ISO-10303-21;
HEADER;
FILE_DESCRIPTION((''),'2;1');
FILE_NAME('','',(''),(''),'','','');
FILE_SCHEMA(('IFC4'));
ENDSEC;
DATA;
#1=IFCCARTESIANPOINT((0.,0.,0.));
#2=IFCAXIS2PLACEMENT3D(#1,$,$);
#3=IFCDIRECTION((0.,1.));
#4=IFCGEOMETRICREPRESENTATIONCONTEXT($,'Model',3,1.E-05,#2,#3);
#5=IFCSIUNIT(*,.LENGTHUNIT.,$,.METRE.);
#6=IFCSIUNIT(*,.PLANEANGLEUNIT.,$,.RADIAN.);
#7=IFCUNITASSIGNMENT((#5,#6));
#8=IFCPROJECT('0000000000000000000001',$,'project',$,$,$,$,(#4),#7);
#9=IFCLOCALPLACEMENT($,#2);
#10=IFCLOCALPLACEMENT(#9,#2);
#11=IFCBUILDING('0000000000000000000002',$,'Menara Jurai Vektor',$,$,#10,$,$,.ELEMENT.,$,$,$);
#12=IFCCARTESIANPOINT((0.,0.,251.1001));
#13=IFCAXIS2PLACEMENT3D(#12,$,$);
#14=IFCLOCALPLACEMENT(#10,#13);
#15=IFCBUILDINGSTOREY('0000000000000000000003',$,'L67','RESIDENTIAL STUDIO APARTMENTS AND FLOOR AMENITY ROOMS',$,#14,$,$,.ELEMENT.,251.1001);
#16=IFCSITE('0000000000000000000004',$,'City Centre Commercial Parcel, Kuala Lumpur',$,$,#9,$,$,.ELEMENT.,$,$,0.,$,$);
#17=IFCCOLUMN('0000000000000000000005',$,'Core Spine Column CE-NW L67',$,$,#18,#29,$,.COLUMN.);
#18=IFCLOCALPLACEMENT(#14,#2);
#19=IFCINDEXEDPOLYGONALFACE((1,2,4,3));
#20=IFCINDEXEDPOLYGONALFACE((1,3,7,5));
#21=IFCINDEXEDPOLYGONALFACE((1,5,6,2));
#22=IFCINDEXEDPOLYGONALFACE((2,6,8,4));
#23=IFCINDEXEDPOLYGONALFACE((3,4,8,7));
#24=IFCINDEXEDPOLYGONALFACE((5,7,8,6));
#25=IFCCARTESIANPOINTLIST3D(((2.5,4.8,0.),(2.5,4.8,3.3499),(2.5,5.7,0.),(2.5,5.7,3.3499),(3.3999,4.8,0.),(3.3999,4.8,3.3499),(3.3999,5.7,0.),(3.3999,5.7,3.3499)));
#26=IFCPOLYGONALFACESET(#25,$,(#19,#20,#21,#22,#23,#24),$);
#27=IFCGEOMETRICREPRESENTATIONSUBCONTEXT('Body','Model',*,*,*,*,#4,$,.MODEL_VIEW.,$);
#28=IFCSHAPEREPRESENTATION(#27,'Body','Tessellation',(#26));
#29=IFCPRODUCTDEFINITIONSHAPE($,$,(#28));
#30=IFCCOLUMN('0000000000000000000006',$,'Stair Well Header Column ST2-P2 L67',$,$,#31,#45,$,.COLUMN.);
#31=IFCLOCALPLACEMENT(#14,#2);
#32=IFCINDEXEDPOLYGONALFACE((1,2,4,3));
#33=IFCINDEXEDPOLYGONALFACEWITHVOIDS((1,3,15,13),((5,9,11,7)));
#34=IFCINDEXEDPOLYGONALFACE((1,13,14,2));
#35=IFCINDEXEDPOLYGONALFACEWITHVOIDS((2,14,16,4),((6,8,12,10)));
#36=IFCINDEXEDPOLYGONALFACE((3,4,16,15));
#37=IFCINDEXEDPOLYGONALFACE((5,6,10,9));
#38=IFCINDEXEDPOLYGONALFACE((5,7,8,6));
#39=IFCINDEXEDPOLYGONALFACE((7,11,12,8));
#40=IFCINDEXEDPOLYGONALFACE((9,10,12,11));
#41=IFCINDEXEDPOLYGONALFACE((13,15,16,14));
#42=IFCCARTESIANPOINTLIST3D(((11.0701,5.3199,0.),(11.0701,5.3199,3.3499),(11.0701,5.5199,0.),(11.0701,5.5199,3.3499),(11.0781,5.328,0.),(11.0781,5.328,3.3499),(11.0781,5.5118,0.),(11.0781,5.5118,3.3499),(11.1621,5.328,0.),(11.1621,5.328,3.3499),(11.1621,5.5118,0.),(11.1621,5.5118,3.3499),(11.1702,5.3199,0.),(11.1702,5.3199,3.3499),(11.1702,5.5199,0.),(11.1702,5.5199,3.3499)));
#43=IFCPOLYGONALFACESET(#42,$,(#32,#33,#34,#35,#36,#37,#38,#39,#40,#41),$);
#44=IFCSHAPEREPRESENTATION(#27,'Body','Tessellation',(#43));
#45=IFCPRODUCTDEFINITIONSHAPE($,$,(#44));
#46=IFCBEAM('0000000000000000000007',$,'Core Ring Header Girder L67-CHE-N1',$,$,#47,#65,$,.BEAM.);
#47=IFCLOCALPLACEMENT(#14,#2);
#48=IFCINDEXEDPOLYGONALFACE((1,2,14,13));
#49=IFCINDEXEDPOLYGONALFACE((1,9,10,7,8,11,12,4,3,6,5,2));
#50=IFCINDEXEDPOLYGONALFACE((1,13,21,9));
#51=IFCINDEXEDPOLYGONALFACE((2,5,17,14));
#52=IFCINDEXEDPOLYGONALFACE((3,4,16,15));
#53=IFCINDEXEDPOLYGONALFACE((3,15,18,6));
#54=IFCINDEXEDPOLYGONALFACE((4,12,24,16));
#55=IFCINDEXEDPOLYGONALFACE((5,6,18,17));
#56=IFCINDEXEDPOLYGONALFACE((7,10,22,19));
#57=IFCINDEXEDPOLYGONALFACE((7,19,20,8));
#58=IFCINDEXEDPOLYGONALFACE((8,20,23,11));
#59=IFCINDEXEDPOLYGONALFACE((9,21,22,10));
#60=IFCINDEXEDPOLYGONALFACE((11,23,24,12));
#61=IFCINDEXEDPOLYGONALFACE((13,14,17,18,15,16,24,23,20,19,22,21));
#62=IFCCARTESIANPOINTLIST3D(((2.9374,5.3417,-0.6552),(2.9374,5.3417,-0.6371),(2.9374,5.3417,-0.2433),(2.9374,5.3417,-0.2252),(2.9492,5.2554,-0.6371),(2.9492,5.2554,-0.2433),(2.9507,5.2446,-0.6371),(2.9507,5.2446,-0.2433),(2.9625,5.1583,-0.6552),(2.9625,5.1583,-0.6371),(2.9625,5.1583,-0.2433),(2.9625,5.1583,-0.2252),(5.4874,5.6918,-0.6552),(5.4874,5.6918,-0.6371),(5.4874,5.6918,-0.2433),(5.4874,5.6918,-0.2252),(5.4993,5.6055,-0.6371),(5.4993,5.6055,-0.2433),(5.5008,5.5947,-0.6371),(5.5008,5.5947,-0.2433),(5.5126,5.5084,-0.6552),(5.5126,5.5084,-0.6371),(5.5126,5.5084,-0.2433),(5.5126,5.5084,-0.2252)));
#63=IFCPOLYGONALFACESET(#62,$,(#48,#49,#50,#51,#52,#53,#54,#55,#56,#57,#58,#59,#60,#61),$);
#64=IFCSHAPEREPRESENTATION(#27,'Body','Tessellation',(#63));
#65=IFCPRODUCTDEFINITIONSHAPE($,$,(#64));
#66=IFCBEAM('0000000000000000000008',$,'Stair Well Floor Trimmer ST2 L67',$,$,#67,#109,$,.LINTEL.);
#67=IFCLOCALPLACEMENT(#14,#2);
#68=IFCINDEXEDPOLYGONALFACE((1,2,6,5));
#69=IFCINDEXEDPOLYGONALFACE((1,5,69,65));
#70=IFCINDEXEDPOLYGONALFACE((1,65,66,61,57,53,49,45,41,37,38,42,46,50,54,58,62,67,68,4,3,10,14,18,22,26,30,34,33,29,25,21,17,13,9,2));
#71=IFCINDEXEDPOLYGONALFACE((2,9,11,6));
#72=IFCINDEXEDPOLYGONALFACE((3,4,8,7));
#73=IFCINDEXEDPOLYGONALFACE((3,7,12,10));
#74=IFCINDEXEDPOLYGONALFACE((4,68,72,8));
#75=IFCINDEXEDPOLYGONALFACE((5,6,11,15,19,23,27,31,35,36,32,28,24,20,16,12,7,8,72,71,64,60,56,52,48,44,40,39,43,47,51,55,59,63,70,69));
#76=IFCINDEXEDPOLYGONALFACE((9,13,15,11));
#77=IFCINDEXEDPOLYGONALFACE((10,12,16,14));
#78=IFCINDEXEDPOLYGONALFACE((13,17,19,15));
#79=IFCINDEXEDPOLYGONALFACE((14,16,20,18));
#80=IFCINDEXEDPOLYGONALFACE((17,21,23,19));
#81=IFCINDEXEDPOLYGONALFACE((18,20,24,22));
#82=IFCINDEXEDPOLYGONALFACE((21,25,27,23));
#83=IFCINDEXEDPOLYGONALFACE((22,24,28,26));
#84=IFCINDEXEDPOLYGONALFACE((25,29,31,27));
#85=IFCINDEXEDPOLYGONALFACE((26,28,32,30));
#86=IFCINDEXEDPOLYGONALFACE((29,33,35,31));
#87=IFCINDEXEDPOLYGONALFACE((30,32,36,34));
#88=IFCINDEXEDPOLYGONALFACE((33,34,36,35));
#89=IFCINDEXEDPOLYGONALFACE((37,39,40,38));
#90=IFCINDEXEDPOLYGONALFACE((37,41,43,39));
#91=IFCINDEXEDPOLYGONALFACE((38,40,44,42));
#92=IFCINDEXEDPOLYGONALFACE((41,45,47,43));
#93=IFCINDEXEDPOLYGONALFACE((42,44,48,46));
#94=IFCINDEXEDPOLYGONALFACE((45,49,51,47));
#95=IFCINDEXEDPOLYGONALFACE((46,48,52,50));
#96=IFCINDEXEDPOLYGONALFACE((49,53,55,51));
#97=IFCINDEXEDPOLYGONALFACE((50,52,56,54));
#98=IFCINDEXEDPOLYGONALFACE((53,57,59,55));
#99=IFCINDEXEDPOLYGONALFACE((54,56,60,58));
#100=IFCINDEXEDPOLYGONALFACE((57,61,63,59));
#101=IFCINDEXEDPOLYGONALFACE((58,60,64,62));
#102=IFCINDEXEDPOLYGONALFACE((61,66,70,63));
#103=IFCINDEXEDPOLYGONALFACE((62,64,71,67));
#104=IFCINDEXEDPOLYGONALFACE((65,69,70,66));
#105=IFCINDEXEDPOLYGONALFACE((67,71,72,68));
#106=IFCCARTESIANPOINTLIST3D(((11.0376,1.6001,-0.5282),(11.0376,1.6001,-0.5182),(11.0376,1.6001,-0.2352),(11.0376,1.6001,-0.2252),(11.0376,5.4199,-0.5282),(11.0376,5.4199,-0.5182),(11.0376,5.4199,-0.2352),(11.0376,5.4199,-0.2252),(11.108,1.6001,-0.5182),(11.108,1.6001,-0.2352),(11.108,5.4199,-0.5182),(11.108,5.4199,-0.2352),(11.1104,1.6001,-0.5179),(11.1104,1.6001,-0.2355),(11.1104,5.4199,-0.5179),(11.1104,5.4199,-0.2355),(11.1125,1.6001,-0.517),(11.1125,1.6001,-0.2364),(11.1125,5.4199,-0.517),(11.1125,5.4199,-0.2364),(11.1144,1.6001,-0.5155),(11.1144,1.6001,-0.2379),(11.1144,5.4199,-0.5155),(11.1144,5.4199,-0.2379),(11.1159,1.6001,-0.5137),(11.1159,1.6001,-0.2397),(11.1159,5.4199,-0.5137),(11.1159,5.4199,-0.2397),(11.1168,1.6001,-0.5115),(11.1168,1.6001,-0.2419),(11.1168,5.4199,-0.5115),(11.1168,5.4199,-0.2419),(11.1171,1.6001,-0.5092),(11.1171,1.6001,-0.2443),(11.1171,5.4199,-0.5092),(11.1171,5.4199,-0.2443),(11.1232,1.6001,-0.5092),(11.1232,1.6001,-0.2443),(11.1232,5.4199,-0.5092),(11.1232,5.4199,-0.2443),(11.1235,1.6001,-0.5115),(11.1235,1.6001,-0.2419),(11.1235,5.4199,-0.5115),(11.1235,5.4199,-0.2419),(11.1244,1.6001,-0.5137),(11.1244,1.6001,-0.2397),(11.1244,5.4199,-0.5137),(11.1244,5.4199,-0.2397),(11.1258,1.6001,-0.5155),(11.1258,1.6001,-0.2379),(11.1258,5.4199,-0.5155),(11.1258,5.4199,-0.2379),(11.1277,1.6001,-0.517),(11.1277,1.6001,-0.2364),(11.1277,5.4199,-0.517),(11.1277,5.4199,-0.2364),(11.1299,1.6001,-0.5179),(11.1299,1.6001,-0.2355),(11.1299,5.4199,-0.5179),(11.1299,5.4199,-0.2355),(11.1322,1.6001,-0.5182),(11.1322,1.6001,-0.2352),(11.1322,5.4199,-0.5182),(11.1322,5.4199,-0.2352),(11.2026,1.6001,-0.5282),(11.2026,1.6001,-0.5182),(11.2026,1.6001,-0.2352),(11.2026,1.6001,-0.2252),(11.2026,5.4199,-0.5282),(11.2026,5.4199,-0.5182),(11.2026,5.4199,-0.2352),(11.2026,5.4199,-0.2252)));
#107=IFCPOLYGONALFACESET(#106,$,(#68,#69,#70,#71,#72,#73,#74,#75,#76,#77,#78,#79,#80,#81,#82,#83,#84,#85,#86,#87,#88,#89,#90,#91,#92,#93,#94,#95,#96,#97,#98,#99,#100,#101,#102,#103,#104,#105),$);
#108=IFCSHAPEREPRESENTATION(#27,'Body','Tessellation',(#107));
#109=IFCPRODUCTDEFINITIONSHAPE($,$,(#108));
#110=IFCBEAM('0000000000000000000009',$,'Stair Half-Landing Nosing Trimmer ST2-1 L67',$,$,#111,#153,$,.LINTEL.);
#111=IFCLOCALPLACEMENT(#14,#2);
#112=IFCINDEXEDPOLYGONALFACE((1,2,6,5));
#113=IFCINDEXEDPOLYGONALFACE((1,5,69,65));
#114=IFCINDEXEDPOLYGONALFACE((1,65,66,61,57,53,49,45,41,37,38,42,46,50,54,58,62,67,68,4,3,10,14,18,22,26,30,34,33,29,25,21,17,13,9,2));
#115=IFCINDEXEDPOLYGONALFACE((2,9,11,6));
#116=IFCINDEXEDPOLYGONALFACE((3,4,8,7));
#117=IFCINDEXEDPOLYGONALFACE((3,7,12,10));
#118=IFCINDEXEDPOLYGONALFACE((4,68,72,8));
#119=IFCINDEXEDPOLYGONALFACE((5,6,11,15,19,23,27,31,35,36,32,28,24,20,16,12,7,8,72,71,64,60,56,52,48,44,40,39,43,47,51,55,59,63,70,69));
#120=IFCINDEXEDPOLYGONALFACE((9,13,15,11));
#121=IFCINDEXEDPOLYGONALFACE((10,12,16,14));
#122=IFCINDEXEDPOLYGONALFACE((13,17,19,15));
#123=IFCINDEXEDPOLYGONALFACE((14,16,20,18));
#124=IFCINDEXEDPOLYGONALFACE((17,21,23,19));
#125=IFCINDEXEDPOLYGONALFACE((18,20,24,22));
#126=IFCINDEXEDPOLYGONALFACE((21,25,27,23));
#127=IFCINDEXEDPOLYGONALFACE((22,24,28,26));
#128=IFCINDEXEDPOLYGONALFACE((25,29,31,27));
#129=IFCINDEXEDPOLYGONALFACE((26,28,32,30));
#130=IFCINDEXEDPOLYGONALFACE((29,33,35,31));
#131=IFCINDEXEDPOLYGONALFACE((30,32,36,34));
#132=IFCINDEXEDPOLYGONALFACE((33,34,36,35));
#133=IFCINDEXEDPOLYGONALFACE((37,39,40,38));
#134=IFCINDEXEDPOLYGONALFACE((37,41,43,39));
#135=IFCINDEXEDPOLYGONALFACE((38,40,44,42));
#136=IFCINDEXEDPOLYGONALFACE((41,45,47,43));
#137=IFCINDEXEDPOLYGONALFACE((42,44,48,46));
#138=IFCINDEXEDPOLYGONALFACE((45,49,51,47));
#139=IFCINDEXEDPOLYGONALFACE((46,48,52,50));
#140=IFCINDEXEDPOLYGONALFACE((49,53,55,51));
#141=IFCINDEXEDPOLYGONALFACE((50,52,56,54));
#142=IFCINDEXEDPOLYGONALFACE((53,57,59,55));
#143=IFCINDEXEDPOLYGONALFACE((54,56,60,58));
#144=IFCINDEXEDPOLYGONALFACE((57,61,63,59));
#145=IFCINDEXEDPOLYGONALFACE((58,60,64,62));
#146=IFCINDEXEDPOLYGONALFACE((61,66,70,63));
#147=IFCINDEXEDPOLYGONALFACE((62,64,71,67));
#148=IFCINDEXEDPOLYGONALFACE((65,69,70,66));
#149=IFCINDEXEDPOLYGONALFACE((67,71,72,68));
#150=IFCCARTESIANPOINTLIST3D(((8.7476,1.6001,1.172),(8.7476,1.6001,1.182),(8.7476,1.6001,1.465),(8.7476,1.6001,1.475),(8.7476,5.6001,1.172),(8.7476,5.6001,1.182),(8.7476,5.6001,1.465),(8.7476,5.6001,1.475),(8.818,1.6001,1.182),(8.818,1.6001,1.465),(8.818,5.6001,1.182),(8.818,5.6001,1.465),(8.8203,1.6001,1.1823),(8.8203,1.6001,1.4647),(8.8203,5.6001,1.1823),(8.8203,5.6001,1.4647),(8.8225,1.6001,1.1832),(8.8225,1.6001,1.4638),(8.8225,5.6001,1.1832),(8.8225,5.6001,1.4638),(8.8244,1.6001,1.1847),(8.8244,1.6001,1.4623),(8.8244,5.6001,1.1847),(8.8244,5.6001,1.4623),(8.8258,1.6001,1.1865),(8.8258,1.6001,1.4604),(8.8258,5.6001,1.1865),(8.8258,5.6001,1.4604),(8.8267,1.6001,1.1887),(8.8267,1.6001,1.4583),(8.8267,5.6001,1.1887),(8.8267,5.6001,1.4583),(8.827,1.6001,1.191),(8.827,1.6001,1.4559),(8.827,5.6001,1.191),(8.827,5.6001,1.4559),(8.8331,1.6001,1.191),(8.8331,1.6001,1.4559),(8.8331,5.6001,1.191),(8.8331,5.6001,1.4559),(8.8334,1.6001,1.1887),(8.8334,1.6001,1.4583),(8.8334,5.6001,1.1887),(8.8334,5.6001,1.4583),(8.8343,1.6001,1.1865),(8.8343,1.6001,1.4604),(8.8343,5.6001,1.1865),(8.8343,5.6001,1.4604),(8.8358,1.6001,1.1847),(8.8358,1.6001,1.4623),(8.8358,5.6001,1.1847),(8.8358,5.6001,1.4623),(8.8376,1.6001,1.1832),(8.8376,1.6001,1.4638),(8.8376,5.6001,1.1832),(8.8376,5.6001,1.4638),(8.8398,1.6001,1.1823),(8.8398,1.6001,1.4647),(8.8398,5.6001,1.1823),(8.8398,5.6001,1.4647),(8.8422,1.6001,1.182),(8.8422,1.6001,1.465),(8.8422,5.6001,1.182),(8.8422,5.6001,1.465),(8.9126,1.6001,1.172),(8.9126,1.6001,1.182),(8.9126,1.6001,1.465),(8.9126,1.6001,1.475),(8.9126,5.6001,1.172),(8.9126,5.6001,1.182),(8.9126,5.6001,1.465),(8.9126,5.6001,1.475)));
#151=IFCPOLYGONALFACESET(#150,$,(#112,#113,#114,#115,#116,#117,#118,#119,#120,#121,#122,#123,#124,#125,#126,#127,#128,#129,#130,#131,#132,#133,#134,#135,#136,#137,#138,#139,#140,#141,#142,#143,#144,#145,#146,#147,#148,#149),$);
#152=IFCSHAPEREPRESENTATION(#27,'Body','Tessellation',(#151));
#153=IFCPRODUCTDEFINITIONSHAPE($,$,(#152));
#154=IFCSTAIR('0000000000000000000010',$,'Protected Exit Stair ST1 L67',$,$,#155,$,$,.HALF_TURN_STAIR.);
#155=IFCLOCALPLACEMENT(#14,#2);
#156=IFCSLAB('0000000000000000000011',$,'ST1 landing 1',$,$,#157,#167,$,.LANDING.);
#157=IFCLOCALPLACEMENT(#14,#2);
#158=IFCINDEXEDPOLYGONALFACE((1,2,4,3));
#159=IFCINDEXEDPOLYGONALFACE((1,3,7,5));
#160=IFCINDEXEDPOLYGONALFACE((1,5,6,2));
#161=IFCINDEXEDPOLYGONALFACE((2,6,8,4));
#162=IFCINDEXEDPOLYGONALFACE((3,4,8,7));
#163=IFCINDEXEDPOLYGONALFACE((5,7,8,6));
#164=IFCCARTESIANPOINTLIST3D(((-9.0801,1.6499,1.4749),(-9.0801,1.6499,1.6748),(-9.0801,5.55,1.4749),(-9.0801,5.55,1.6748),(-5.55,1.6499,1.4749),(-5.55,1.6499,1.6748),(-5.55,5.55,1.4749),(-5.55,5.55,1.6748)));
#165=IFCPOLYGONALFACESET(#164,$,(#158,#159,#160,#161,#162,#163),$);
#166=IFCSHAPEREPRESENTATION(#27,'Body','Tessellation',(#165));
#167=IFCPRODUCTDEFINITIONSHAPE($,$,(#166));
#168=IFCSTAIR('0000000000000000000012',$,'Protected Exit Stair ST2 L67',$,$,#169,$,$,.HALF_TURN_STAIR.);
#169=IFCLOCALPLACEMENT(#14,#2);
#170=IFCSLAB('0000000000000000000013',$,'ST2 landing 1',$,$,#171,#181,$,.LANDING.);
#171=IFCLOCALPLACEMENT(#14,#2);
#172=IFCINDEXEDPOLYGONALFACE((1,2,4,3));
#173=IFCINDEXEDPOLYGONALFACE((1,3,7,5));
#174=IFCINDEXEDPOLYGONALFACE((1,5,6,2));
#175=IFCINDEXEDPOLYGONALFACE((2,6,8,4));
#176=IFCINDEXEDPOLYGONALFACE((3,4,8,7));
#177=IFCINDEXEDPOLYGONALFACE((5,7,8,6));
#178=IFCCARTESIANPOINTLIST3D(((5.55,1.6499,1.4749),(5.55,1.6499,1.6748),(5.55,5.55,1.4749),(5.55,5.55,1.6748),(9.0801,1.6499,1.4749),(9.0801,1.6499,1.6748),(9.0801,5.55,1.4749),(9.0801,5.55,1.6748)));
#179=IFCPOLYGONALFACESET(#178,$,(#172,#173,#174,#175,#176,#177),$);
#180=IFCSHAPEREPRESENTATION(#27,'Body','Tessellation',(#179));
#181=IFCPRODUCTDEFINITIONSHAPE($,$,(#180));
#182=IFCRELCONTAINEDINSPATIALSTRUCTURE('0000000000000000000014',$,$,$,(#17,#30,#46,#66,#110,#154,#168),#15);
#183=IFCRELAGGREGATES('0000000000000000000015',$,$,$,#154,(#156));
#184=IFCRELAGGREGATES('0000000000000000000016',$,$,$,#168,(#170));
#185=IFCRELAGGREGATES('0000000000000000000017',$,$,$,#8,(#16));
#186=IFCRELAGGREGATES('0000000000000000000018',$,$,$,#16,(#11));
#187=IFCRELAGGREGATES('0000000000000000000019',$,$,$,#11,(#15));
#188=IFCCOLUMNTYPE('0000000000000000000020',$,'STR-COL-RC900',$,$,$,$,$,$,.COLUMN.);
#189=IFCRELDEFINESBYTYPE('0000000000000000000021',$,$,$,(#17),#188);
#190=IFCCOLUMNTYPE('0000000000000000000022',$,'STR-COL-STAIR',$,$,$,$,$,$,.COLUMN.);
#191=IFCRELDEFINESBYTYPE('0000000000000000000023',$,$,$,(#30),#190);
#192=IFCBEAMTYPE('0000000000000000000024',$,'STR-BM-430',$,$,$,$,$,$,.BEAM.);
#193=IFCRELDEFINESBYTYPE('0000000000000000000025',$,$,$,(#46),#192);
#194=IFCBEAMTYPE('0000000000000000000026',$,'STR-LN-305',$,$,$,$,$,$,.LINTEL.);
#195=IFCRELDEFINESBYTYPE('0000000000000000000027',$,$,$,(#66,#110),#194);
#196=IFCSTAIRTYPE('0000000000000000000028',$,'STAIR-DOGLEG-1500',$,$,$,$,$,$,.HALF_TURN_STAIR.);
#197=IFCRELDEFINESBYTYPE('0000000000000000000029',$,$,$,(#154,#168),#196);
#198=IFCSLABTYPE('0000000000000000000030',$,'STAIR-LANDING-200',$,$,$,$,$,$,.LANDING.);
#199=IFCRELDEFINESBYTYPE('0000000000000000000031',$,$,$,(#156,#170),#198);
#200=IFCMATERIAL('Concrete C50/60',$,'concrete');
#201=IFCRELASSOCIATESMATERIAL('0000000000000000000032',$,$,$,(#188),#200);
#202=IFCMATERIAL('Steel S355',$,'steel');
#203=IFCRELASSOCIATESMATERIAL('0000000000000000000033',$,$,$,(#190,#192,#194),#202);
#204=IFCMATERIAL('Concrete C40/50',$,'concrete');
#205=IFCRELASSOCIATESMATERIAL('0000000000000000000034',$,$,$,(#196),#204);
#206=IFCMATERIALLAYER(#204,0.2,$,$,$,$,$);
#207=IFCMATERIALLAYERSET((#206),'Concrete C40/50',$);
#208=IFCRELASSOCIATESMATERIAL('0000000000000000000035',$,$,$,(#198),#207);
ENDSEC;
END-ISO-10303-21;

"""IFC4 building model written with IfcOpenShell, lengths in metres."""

from ifc_helpers import new_model, si_unit, direction, frame, origin, origin_2d, place, context, subcontext, project, spatial, polyline, rectangle, hollow_rectangle, i_section, outline, extrude, material, layer, layer_set, material_profile, profile_set, type_object, element, aggregate, save


model = new_model("IFC4")

# Units and contexts
model_context = context("Model", 3, precision=1e-05, world=origin(), true_north=direction((0.0, 1.0)))
body_context = subcontext(model_context, "Body", "Model", "MODEL_VIEW")
ifc_project = project(units=[si_unit("LENGTHUNIT", "METRE"), si_unit("PLANEANGLEUNIT", "RADIAN")], contexts=[model_context])

# Site, building, storey
site_placement = place(None, origin())
site = spatial("IfcSite", under=ifc_project, at=site_placement, Name="City Centre Commercial Parcel, Kuala Lumpur", CompositionType="ELEMENT", RefElevation=0.0)
building_placement = place(site_placement, origin())
building = spatial("IfcBuilding", under=site, at=building_placement, Name="Menara Jurai Vektor", CompositionType="ELEMENT")
storey_placement = place(building_placement, frame((0.0, 0.0, 251.1001)))
storey = spatial("IfcBuildingStorey", under=building, at=storey_placement, Name="L67", Description="RESIDENTIAL STUDIO APARTMENTS AND FLOOR AMENITY ROOMS", CompositionType="ELEMENT", Elevation=251.1001)

# Columns
ifc_material_1 = material(Name="Concrete C50/60", Category="concrete")
ifc_material_profile_1 = material_profile(ifc_material_1, rectangle(XDim=0.8999, YDim=0.8999, at=origin_2d()), Name="RC 900x900")
ifc_profile_set_1 = profile_set([ifc_material_profile_1], Name="Concrete C50/60")
column_type_1 = type_object("IfcColumnType", Name="STR-COL-RC900", PredefinedType="COLUMN", material=ifc_profile_set_1)
column_1_placement = place(storey_placement, frame((2.95, 5.25, 0.0), z_axis=(0.0, 0.0, 1.0), x_axis=(1.0, 0.0, 0.0)))
element("IfcColumn", 1, at=column_1_placement, inside=storey, type_object=column_type_1, Name="Core Spine Column CE-NW L67", PredefinedType="COLUMN", context=body_context, shape_type="SweptSolid", body=[
    extrude(rectangle(XDim=0.8999, YDim=0.8999, at=origin_2d()), origin(), (0.0, 0.0, 1.0), 3.3499),
])
ifc_material_2 = material(Name="Steel S355", Category="steel")
ifc_material_profile_2 = material_profile(ifc_material_2, hollow_rectangle(XDim=0.1001, YDim=0.2, WallThickness=0.0081, at=origin_2d()), Name="RHS 200x100x8")
ifc_profile_set_2 = profile_set([ifc_material_profile_2], Name="Steel S355")
column_type_2 = type_object("IfcColumnType", Name="STR-COL-STAIR", PredefinedType="COLUMN", material=ifc_profile_set_2)
column_2_placement = place(storey_placement, frame((11.1201, 5.4199, 0.0), z_axis=(0.0, 0.0, 1.0), x_axis=(1.0, 0.0, 0.0)))
element("IfcColumn", 2, at=column_2_placement, inside=storey, type_object=column_type_2, Name="Stair Well Header Column ST2-P2 L67", PredefinedType="COLUMN", context=body_context, shape_type="SweptSolid", body=[
    extrude(hollow_rectangle(XDim=0.1001, YDim=0.2, WallThickness=0.0081, at=origin_2d()), origin(), (0.0, 0.0, 1.0), 3.3499),
])

# Beams
ifc_material_profile_3 = material_profile(ifc_material_2, i_section(OverallWidth=0.1851, OverallDepth=0.4299, WebThickness=0.011, FlangeThickness=0.0181, at=origin_2d()), Name="PG 430x185x76")
ifc_profile_set_3 = profile_set([ifc_material_profile_3], Name="Steel S355")
beam_type_1 = type_object("IfcBeamType", Name="STR-BM-430", PredefinedType="BEAM", material=ifc_profile_set_3)
beam_1_placement = place(storey_placement, frame((2.95, 5.25, -0.4402), z_axis=(0.990707, 0.136015, 0.0), x_axis=(-0.136015, 0.990707, 0.0)))
element("IfcBeam", 3, at=beam_1_placement, inside=storey, type_object=beam_type_1, Name="Core Ring Header Girder L67-CHE-N1", PredefinedType="BEAM", context=body_context, shape_type="SweptSolid", body=[
    extrude(i_section(OverallWidth=0.1851, OverallDepth=0.4299, WebThickness=0.011, FlangeThickness=0.0181, at=origin_2d()), origin(), (0.0, 0.0, 1.0), 2.574),
])
ifc_material_profile_4 = material_profile(ifc_material_2, i_section(OverallWidth=0.165, OverallDepth=0.303, WebThickness=0.0061, FlangeThickness=0.01, FilletRadius=0.009, at=origin_2d()), Name="UKB 305x165x40")
ifc_profile_set_4 = profile_set([ifc_material_profile_4], Name="Steel S355")
beam_type_2 = type_object("IfcBeamType", Name="STR-LN-305", PredefinedType="LINTEL", material=ifc_profile_set_4)
beam_2_placement = place(storey_placement, frame((11.1201, 1.6001, -0.3767), z_axis=(0.0, 1.0, 0.0), x_axis=(-1.0, 0.0, 0.0)))
element("IfcBeam", 4, at=beam_2_placement, inside=storey, type_object=beam_type_2, Name="Stair Well Floor Trimmer ST2 L67", PredefinedType="LINTEL", context=body_context, shape_type="SweptSolid", body=[
    extrude(i_section(OverallWidth=0.165, OverallDepth=0.303, WebThickness=0.0061, FlangeThickness=0.01, FilletRadius=0.009, at=origin_2d()), origin(), (0.0, 0.0, 1.0), 3.8198),
])
beam_3_placement = place(storey_placement, frame((8.8301, 1.6001, 1.3235), z_axis=(0.0, 1.0, 0.0), x_axis=(-1.0, 0.0, 0.0)))
element("IfcBeam", 5, at=beam_3_placement, inside=storey, type_object=beam_type_2, Name="Stair Half-Landing Nosing Trimmer ST2-1 L67", PredefinedType="LINTEL", context=body_context, shape_type="SweptSolid", body=[
    extrude(i_section(OverallWidth=0.165, OverallDepth=0.303, WebThickness=0.0061, FlangeThickness=0.01, FilletRadius=0.009, at=origin_2d()), origin(), (0.0, 0.0, 1.0), 4.0),
])

# Stairs, slabs
ifc_material_3 = material(Name="Concrete C40/50", Category="concrete")
stair_type = type_object("IfcStairType", Name="STAIR-DOGLEG-1500", PredefinedType="HALF_TURN_STAIR", material=ifc_material_3)
stair_1_placement = place(storey_placement, origin())
stair_1 = element("IfcStair", 6, at=stair_1_placement, inside=storey, type_object=stair_type, Name="Protected Exit Stair ST1 L67", PredefinedType="HALF_TURN_STAIR")
ifc_layer_1 = layer(ifc_material_3, 0.2)
ifc_layer_set_1 = layer_set([ifc_layer_1], Name="Concrete C40/50")
slab_type = type_object("IfcSlabType", Name="STAIR-LANDING-200", PredefinedType="LANDING", material=ifc_layer_set_1)
slab_1_placement = place(storey_placement, frame((0.0, 0.0, 1.4749)))
slab_1 = element("IfcSlab", 7, at=slab_1_placement, type_object=slab_type, Name="ST1 landing 1", PredefinedType="LANDING", context=body_context, shape_type="SweptSolid", body=[
    extrude(outline(polyline([(-9.0801, 1.6499), (-5.55, 1.6499), (-5.55, 5.55), (-9.0801, 5.55), (-9.0801, 1.6499)])), origin(), (0.0, 0.0, 1.0), 0.2),
])
aggregate(stair_1, [slab_1])
stair_2_placement = place(storey_placement, origin())
stair_2 = element("IfcStair", 8, at=stair_2_placement, inside=storey, type_object=stair_type, Name="Protected Exit Stair ST2 L67", PredefinedType="HALF_TURN_STAIR")
slab_2_placement = place(storey_placement, frame((0.0, 0.0, 1.4749)))
slab_2 = element("IfcSlab", 9, at=slab_2_placement, type_object=slab_type, Name="ST2 landing 1", PredefinedType="LANDING", context=body_context, shape_type="SweptSolid", body=[
    extrude(outline(polyline([(5.55, 1.6499), (9.0801, 1.6499), (9.0801, 5.55), (5.55, 5.55), (5.55, 1.6499)])), origin(), (0.0, 0.0, 1.0), 0.2),
])

aggregate(stair_2, [slab_2])

save(model, "model.ifc")
